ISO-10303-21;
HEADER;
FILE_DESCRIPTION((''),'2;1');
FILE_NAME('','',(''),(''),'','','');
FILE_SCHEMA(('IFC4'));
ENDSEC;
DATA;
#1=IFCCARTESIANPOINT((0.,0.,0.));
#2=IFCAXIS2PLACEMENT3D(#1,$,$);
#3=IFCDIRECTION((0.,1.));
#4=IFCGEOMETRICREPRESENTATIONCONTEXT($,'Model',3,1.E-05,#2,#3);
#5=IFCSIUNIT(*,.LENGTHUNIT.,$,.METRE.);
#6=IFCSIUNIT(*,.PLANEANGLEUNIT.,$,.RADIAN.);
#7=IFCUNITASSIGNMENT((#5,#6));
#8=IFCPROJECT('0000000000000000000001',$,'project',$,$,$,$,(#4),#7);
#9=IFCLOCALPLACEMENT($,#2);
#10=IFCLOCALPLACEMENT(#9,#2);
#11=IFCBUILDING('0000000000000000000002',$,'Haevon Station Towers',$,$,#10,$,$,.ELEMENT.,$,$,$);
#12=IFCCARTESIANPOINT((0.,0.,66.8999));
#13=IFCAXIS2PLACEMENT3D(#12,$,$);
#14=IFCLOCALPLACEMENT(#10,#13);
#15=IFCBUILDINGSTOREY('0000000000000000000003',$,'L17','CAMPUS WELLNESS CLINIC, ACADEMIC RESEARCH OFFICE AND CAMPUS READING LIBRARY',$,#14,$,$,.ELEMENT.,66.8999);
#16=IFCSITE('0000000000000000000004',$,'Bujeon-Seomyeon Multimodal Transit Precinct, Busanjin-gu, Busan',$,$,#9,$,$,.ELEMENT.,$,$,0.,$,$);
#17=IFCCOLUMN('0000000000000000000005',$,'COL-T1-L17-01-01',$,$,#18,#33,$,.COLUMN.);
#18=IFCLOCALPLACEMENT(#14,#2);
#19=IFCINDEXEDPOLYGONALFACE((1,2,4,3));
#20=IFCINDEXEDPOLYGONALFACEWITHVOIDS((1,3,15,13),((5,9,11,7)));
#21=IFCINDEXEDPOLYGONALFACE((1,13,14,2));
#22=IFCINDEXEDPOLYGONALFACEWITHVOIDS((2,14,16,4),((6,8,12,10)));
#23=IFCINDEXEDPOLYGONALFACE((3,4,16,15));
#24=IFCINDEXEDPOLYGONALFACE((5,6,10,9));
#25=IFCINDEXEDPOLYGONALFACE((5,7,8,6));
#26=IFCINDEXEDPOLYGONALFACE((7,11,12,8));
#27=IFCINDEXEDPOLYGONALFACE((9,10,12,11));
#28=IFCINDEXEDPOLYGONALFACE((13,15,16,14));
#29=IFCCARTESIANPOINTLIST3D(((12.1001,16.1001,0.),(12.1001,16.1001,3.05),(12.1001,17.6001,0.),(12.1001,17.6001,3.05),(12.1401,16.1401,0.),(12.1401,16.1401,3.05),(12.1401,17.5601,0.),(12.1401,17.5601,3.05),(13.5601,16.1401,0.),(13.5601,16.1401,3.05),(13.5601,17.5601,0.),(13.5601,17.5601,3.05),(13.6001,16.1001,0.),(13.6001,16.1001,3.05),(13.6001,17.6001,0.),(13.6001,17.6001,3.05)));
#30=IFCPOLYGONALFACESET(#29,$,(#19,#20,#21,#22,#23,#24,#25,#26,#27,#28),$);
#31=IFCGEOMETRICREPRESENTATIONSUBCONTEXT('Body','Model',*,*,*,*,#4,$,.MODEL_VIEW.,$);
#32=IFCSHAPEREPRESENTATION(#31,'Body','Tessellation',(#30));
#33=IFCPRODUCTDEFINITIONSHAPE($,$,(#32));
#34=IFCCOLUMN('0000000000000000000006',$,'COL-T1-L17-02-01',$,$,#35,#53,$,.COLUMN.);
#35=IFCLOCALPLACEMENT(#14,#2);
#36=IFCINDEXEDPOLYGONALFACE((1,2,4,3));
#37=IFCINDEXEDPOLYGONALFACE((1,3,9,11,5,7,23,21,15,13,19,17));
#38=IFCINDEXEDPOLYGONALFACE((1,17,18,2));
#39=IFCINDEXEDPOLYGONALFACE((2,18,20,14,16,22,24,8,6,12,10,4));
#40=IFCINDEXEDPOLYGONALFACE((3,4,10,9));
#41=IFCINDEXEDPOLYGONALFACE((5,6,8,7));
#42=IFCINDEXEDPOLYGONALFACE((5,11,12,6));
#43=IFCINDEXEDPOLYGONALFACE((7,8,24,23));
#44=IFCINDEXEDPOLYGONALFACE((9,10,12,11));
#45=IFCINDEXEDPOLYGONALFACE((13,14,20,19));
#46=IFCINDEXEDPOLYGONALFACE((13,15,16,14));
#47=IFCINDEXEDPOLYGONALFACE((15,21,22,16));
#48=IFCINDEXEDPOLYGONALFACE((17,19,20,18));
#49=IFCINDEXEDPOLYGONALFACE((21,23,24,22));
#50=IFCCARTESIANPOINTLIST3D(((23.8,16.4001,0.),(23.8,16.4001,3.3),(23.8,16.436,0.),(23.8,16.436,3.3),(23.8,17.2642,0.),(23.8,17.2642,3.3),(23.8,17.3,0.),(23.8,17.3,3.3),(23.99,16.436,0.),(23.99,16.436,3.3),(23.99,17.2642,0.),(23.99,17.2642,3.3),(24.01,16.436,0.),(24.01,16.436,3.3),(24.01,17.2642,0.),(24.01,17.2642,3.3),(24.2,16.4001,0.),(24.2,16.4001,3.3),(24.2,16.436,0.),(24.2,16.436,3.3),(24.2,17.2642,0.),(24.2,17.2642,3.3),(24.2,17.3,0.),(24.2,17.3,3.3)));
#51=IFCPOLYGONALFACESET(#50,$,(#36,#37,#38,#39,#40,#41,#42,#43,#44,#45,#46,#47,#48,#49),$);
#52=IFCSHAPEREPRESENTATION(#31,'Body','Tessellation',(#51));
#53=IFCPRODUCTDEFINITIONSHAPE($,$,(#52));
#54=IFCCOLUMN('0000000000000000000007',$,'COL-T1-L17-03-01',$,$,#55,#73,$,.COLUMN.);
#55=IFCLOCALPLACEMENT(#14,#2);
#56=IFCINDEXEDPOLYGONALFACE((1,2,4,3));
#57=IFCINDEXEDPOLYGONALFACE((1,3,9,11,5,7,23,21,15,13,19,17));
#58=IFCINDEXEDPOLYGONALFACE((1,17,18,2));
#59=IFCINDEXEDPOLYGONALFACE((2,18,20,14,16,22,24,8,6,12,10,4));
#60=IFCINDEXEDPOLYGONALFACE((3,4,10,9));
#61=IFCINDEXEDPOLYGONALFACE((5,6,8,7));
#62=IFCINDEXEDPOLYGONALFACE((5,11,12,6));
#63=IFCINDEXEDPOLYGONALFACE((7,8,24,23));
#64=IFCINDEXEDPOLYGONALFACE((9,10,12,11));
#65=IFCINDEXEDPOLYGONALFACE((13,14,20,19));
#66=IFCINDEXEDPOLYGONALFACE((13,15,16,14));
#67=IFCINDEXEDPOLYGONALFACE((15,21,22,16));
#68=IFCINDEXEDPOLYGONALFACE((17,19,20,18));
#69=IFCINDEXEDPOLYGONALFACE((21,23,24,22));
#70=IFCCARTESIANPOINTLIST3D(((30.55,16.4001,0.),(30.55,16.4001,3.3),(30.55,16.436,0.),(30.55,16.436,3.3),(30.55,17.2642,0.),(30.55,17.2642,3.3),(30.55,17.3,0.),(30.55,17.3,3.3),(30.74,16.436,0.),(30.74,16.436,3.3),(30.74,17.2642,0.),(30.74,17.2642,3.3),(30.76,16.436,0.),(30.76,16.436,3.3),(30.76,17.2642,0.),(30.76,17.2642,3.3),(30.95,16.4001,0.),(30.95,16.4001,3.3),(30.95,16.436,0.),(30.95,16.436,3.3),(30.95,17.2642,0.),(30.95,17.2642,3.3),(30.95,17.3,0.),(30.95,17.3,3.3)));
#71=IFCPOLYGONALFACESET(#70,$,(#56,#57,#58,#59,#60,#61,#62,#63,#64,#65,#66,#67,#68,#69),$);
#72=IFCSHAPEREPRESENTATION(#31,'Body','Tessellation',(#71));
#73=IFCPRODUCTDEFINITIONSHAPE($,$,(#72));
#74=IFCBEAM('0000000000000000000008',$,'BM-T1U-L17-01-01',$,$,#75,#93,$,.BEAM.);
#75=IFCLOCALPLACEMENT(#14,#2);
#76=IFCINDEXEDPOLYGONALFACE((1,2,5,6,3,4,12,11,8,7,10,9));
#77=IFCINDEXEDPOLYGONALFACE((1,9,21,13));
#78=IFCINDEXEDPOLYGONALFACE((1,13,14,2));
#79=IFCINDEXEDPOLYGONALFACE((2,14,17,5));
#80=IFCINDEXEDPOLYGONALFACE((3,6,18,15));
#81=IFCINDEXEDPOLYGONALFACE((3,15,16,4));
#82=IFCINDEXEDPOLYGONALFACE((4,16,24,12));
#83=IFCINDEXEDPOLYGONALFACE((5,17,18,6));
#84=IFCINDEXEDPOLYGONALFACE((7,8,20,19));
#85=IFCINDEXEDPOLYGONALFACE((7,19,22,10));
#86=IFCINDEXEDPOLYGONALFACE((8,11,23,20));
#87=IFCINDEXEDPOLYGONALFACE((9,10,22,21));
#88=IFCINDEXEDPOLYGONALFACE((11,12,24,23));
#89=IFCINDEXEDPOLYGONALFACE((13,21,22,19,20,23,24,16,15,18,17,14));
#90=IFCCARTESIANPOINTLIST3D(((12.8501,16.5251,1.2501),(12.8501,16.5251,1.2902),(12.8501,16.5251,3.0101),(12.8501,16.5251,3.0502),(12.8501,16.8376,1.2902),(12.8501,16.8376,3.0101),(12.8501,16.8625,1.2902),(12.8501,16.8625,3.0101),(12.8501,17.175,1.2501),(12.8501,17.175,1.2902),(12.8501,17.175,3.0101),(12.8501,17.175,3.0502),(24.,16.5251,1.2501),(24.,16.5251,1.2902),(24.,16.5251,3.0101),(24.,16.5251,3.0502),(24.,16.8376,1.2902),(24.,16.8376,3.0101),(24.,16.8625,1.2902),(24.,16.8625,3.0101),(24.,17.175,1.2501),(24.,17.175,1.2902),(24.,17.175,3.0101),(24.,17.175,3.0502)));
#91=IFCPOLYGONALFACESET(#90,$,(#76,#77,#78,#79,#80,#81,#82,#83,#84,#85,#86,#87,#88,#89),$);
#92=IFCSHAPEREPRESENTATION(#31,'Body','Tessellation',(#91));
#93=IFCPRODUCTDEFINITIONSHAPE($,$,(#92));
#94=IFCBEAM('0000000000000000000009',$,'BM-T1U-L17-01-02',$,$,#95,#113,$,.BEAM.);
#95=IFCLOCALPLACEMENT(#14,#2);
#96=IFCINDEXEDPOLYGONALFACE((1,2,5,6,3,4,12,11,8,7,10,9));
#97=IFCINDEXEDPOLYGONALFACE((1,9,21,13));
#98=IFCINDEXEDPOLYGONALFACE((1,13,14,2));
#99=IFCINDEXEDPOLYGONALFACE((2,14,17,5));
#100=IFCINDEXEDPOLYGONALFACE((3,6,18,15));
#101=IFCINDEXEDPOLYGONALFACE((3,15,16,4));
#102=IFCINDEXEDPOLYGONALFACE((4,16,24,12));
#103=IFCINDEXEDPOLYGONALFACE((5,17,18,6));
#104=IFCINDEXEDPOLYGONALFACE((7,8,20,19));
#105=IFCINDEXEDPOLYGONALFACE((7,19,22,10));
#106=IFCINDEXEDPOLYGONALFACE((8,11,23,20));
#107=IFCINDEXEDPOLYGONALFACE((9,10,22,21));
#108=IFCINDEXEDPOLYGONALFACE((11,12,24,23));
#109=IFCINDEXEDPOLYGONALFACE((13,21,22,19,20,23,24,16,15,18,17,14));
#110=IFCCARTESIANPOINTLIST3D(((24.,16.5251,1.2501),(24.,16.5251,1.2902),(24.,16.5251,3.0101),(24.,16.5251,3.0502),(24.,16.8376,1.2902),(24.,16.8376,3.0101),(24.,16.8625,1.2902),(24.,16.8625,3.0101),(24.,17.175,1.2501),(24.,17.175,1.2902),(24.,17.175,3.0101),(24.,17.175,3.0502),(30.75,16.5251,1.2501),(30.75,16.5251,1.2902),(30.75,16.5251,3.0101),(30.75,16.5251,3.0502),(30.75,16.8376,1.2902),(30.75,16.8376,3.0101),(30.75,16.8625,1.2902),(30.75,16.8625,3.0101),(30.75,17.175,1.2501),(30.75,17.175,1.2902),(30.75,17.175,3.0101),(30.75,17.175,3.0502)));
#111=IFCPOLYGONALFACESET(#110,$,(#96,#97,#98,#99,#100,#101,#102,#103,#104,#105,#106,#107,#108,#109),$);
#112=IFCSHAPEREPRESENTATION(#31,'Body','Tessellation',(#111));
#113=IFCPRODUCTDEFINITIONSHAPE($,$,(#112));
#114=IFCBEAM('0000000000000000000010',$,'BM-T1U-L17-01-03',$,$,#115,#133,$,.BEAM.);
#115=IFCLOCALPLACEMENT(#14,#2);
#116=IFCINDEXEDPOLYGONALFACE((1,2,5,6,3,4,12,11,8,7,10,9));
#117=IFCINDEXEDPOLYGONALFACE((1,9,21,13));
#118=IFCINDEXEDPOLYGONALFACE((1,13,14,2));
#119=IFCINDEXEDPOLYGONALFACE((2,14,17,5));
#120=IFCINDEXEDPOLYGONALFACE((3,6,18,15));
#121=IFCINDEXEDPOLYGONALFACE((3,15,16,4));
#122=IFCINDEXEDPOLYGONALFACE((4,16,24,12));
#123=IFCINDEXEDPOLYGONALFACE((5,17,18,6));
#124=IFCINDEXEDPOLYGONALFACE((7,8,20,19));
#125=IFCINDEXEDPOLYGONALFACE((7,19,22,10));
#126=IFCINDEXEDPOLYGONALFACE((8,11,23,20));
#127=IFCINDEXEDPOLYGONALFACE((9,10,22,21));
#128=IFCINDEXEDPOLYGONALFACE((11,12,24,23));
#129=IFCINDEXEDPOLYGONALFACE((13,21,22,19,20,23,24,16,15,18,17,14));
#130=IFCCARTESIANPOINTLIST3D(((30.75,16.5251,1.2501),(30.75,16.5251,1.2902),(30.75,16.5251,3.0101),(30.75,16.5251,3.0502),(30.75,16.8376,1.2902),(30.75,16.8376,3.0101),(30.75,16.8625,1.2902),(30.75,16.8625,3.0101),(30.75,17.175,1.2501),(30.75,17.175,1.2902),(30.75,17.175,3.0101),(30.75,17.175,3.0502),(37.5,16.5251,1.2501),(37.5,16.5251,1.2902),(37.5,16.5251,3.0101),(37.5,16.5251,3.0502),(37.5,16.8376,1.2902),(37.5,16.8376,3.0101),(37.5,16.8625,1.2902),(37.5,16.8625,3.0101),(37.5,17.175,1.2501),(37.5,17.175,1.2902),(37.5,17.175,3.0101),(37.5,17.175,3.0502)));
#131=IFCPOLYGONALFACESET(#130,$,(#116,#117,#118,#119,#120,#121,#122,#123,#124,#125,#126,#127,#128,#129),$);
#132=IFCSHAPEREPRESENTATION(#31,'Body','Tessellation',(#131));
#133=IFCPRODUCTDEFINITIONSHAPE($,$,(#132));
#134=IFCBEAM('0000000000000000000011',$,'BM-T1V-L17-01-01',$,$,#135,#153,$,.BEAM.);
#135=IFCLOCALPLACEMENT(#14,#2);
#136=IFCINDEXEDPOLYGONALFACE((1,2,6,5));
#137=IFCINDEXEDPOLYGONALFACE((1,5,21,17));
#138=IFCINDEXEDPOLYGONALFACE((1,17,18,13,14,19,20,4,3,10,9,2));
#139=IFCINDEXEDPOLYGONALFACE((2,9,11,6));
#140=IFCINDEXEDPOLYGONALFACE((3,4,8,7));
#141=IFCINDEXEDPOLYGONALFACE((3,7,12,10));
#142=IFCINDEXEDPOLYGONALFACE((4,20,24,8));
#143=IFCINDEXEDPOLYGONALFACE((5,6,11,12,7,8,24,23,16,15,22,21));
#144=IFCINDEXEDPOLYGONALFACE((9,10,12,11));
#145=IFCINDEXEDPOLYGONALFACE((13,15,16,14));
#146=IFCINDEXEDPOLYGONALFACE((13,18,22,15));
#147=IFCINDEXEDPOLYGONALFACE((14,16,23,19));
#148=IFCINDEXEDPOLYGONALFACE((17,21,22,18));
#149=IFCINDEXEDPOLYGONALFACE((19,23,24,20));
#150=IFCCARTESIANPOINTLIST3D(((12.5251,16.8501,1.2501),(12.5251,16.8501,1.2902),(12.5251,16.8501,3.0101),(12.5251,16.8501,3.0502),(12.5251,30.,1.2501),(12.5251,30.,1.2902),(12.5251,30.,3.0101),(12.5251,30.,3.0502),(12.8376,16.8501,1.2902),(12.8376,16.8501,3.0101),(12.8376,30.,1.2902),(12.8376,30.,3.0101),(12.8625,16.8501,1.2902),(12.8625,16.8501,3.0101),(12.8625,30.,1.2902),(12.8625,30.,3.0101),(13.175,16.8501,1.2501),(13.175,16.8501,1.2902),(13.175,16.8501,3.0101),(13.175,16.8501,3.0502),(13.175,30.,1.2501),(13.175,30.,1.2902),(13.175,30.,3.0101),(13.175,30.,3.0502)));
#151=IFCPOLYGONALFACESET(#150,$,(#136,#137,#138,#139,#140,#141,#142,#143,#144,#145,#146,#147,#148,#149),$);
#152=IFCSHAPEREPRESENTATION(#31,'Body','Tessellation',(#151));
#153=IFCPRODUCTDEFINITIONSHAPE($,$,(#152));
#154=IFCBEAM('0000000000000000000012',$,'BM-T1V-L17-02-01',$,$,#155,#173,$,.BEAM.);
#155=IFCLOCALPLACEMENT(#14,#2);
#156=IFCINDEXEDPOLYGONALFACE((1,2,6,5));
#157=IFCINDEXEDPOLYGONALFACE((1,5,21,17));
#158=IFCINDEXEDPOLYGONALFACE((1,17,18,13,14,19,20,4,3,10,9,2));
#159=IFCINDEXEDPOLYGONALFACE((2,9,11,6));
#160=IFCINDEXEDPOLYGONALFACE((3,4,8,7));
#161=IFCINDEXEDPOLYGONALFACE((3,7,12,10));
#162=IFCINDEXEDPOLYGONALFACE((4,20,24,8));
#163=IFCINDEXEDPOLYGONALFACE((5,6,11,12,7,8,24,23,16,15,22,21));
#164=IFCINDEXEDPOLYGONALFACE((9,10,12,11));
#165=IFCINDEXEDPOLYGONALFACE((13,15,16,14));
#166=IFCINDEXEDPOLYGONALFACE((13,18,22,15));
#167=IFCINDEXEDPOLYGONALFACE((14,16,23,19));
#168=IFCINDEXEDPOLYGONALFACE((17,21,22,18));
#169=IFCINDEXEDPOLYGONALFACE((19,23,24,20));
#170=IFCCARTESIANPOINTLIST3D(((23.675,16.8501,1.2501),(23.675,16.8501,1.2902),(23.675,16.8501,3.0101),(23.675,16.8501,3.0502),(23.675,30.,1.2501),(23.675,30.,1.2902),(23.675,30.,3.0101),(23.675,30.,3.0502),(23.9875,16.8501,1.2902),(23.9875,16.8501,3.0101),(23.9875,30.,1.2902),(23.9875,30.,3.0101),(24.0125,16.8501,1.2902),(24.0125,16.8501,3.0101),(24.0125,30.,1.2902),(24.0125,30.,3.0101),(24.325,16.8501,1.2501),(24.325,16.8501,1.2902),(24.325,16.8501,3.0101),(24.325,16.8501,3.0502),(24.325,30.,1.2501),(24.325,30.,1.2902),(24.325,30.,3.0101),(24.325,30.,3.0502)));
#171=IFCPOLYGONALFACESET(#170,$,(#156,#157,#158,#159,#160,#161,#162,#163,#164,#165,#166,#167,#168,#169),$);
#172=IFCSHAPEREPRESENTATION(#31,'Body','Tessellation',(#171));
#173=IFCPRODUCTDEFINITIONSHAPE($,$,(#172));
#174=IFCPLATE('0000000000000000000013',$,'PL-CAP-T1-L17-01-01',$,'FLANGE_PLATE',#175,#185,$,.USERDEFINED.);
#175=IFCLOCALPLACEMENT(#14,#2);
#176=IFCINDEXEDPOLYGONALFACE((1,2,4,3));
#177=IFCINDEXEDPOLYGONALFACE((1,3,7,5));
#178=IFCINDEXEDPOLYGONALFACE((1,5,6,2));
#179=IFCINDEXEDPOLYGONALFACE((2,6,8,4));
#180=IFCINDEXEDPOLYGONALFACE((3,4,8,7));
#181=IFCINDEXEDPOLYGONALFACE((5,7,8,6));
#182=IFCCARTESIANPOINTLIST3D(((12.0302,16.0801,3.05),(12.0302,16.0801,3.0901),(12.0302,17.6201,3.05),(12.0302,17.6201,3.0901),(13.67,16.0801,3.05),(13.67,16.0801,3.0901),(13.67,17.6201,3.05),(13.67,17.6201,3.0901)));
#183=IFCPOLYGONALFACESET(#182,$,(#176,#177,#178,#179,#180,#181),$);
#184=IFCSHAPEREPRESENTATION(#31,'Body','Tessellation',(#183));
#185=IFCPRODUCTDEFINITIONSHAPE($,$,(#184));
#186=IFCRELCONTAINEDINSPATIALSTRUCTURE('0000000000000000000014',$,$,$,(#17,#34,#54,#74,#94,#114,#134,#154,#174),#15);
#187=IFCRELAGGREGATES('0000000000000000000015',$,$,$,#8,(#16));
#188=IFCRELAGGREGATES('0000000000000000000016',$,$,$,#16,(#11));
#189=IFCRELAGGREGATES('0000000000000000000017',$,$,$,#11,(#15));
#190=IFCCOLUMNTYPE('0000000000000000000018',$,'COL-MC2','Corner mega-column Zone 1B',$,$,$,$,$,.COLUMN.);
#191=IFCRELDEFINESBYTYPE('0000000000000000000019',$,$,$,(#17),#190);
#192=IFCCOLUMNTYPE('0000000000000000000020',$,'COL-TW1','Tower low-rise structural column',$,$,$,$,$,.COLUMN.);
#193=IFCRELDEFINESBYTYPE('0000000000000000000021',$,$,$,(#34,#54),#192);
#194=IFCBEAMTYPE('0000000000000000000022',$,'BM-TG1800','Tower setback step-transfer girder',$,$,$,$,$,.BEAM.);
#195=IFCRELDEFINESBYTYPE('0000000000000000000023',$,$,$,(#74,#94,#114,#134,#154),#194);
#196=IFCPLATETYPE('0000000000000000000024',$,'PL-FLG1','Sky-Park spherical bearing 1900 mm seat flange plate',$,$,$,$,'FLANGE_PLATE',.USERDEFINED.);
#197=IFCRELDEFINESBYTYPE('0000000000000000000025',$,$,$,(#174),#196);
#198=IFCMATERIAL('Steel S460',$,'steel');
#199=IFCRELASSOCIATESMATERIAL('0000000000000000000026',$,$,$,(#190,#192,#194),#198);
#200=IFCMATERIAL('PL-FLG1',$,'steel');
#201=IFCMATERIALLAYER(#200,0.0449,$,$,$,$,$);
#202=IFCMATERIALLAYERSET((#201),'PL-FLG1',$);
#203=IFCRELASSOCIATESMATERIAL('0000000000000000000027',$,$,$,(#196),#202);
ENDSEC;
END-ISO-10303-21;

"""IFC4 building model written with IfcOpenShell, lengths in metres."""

from ifc_helpers import new_model, si_unit, direction, frame, origin, origin_2d, place, context, subcontext, project, spatial, rectangle, hollow_rectangle, i_section, extrude, material, layer, layer_set, material_profile, profile_set, type_object, element, save


model = new_model("IFC4")

# Units and contexts
model_context = context("Model", 3, precision=1e-05, world=origin(), true_north=direction((0.0, 1.0)))
body_context = subcontext(model_context, "Body", "Model", "MODEL_VIEW")
ifc_project = project(units=[si_unit("LENGTHUNIT", "METRE"), si_unit("PLANEANGLEUNIT", "RADIAN")], contexts=[model_context])

# Site, building, storey
site_placement = place(None, origin())
site = spatial("IfcSite", under=ifc_project, at=site_placement, Name="Bujeon-Seomyeon Multimodal Transit Precinct, Busanjin-gu, Busan", CompositionType="ELEMENT", RefElevation=0.0)
building_placement = place(site_placement, origin())
building = spatial("IfcBuilding", under=site, at=building_placement, Name="Haevon Station Towers", CompositionType="ELEMENT")
storey_placement = place(building_placement, frame((0.0, 0.0, 66.8999)))
storey = spatial("IfcBuildingStorey", under=building, at=storey_placement, Name="L17", Description="CAMPUS WELLNESS CLINIC, ACADEMIC RESEARCH OFFICE AND CAMPUS READING LIBRARY", CompositionType="ELEMENT", Elevation=66.8999)

# Columns
ifc_material_1 = material(Name="Steel S460", Category="steel")
ifc_material_profile_1 = material_profile(ifc_material_1, hollow_rectangle(XDim=1.5, YDim=1.5, WallThickness=0.04, at=origin_2d()), Name="BOX-1500x1500x40")
ifc_profile_set_1 = profile_set([ifc_material_profile_1], Name="Steel S460")
column_type_1 = type_object("IfcColumnType", Name="COL-MC2", Description="Corner mega-column Zone 1B", PredefinedType="COLUMN", material=ifc_profile_set_1)
column_placement = place(storey_placement, frame((12.8501, 16.8501, 0.0), z_axis=(0.0, 0.0, 1.0), x_axis=(1.0, 0.0, 0.0)))
element("IfcColumn", 1, at=column_placement, inside=storey, type_object=column_type_1, Name="COL-T1-L17-01-01", PredefinedType="COLUMN", context=body_context, shape_type="SweptSolid", body=[
    extrude(hollow_rectangle(XDim=1.5, YDim=1.5, WallThickness=0.04, at=origin_2d()), origin(), (0.0, 0.0, 1.0), 3.05),
])
ifc_material_profile_2 = material_profile(ifc_material_1, i_section(OverallWidth=0.3999, OverallDepth=0.8999, WebThickness=0.02, FlangeThickness=0.0359, at=origin_2d()), Name="H-900x400x20x36")
ifc_profile_set_2 = profile_set([ifc_material_profile_2], Name="Steel S460")
column_type_2 = type_object("IfcColumnType", Name="COL-TW1", Description="Tower low-rise structural column", PredefinedType="COLUMN", material=ifc_profile_set_2)
for number, where, z_axis, x_axis, name in (
    (2, (24.0, 16.8501, 0.0), (0.0, 0.0, 1.0), (1.0, 0.0, 0.0), "COL-T1-L17-02-01"),
    (3, (30.75, 16.8501, 0.0), (0.0, 0.0, 1.0), (1.0, 0.0, 0.0), "COL-T1-L17-03-01"),
):
    element("IfcColumn", number, at=place(storey_placement, frame(where, z_axis=z_axis, x_axis=x_axis)), inside=storey, type_object=column_type_2, Name=name, PredefinedType="COLUMN", context=body_context, shape_type="SweptSolid", body=[
        extrude(i_section(OverallWidth=0.3999, OverallDepth=0.8999, WebThickness=0.02, FlangeThickness=0.0359, at=origin_2d()), origin(), (0.0, 0.0, 1.0), 3.3),
    ])

# Beams
ifc_material_profile_3 = material_profile(ifc_material_1, i_section(OverallWidth=0.6499, OverallDepth=1.8, WebThickness=0.0249, FlangeThickness=0.04, at=origin_2d()), Name="H-1800x650x25x40")
ifc_profile_set_3 = profile_set([ifc_material_profile_3], Name="Steel S460")
beam_type = type_object("IfcBeamType", Name="BM-TG1800", Description="Tower setback step-transfer girder", PredefinedType="BEAM", material=ifc_profile_set_3)
beam_placement = place(storey_placement, frame((12.8501, 16.8501, 2.1501), z_axis=(1.0, 0.0, 0.0), x_axis=(0.0, 1.0, 0.0)))
element("IfcBeam", 4, at=beam_placement, inside=storey, type_object=beam_type, Name="BM-T1U-L17-01-01", PredefinedType="BEAM", context=body_context, shape_type="SweptSolid", body=[
    extrude(i_section(OverallWidth=0.6499, OverallDepth=1.8, WebThickness=0.0249, FlangeThickness=0.04, at=origin_2d()), origin(), (0.0, 0.0, 1.0), 11.1499),
])
for number, where, z_axis, x_axis, name in (
    (5, (24.0, 16.8501, 2.1501), (1.0, 0.0, 0.0), (0.0, 1.0, 0.0), "BM-T1U-L17-01-02"),
    (6, (30.75, 16.8501, 2.1501), (1.0, 0.0, 0.0), (0.0, 1.0, 0.0), "BM-T1U-L17-01-03"),
):
    element("IfcBeam", number, at=place(storey_placement, frame(where, z_axis=z_axis, x_axis=x_axis)), inside=storey, type_object=beam_type, Name=name, PredefinedType="BEAM", context=body_context, shape_type="SweptSolid", body=[
        extrude(i_section(OverallWidth=0.6499, OverallDepth=1.8, WebThickness=0.0249, FlangeThickness=0.04, at=origin_2d()), origin(), (0.0, 0.0, 1.0), 6.75),
    ])
for number, where, z_axis, x_axis, name in (
    (7, (12.8501, 16.8501, 2.1501), (0.0, 1.0, 0.0), (-1.0, 0.0, 0.0), "BM-T1V-L17-01-01"),
    (8, (24.0, 16.8501, 2.1501), (0.0, 1.0, 0.0), (-1.0, 0.0, 0.0), "BM-T1V-L17-02-01"),
):
    element("IfcBeam", number, at=place(storey_placement, frame(where, z_axis=z_axis, x_axis=x_axis)), inside=storey, type_object=beam_type, Name=name, PredefinedType="BEAM", context=body_context, shape_type="SweptSolid", body=[
        extrude(i_section(OverallWidth=0.6499, OverallDepth=1.8, WebThickness=0.0249, FlangeThickness=0.04, at=origin_2d()), origin(), (0.0, 0.0, 1.0), 13.1499),
    ])

# Plate
ifc_material_2 = material(Name="PL-FLG1", Category="steel")
ifc_layer_1 = layer(ifc_material_2, 0.0449)
ifc_layer_set_1 = layer_set([ifc_layer_1], Name="PL-FLG1")
plate_type_1 = type_object("IfcPlateType", Name="PL-FLG1", Description="Sky-Park spherical bearing 1900 mm seat flange plate", ElementType="FLANGE_PLATE", PredefinedType="USERDEFINED", material=ifc_layer_set_1)
plate_placement = place(storey_placement, frame((12.8501, 16.8501, 3.05), z_axis=(0.0, 0.0, 1.0), x_axis=(1.0, 0.0, 0.0)))
element("IfcPlate", 9, at=plate_placement, inside=storey, type_object=plate_type_1, Name="PL-CAP-T1-L17-01-01", ObjectType="FLANGE_PLATE", PredefinedType="USERDEFINED", context=body_context, shape_type="SweptSolid", body=[
    extrude(rectangle(XDim=1.6399, YDim=1.54, at=origin_2d()), origin(), (0.0, 0.0, 1.0), 0.04),
])

save(model, "model.ifc")
